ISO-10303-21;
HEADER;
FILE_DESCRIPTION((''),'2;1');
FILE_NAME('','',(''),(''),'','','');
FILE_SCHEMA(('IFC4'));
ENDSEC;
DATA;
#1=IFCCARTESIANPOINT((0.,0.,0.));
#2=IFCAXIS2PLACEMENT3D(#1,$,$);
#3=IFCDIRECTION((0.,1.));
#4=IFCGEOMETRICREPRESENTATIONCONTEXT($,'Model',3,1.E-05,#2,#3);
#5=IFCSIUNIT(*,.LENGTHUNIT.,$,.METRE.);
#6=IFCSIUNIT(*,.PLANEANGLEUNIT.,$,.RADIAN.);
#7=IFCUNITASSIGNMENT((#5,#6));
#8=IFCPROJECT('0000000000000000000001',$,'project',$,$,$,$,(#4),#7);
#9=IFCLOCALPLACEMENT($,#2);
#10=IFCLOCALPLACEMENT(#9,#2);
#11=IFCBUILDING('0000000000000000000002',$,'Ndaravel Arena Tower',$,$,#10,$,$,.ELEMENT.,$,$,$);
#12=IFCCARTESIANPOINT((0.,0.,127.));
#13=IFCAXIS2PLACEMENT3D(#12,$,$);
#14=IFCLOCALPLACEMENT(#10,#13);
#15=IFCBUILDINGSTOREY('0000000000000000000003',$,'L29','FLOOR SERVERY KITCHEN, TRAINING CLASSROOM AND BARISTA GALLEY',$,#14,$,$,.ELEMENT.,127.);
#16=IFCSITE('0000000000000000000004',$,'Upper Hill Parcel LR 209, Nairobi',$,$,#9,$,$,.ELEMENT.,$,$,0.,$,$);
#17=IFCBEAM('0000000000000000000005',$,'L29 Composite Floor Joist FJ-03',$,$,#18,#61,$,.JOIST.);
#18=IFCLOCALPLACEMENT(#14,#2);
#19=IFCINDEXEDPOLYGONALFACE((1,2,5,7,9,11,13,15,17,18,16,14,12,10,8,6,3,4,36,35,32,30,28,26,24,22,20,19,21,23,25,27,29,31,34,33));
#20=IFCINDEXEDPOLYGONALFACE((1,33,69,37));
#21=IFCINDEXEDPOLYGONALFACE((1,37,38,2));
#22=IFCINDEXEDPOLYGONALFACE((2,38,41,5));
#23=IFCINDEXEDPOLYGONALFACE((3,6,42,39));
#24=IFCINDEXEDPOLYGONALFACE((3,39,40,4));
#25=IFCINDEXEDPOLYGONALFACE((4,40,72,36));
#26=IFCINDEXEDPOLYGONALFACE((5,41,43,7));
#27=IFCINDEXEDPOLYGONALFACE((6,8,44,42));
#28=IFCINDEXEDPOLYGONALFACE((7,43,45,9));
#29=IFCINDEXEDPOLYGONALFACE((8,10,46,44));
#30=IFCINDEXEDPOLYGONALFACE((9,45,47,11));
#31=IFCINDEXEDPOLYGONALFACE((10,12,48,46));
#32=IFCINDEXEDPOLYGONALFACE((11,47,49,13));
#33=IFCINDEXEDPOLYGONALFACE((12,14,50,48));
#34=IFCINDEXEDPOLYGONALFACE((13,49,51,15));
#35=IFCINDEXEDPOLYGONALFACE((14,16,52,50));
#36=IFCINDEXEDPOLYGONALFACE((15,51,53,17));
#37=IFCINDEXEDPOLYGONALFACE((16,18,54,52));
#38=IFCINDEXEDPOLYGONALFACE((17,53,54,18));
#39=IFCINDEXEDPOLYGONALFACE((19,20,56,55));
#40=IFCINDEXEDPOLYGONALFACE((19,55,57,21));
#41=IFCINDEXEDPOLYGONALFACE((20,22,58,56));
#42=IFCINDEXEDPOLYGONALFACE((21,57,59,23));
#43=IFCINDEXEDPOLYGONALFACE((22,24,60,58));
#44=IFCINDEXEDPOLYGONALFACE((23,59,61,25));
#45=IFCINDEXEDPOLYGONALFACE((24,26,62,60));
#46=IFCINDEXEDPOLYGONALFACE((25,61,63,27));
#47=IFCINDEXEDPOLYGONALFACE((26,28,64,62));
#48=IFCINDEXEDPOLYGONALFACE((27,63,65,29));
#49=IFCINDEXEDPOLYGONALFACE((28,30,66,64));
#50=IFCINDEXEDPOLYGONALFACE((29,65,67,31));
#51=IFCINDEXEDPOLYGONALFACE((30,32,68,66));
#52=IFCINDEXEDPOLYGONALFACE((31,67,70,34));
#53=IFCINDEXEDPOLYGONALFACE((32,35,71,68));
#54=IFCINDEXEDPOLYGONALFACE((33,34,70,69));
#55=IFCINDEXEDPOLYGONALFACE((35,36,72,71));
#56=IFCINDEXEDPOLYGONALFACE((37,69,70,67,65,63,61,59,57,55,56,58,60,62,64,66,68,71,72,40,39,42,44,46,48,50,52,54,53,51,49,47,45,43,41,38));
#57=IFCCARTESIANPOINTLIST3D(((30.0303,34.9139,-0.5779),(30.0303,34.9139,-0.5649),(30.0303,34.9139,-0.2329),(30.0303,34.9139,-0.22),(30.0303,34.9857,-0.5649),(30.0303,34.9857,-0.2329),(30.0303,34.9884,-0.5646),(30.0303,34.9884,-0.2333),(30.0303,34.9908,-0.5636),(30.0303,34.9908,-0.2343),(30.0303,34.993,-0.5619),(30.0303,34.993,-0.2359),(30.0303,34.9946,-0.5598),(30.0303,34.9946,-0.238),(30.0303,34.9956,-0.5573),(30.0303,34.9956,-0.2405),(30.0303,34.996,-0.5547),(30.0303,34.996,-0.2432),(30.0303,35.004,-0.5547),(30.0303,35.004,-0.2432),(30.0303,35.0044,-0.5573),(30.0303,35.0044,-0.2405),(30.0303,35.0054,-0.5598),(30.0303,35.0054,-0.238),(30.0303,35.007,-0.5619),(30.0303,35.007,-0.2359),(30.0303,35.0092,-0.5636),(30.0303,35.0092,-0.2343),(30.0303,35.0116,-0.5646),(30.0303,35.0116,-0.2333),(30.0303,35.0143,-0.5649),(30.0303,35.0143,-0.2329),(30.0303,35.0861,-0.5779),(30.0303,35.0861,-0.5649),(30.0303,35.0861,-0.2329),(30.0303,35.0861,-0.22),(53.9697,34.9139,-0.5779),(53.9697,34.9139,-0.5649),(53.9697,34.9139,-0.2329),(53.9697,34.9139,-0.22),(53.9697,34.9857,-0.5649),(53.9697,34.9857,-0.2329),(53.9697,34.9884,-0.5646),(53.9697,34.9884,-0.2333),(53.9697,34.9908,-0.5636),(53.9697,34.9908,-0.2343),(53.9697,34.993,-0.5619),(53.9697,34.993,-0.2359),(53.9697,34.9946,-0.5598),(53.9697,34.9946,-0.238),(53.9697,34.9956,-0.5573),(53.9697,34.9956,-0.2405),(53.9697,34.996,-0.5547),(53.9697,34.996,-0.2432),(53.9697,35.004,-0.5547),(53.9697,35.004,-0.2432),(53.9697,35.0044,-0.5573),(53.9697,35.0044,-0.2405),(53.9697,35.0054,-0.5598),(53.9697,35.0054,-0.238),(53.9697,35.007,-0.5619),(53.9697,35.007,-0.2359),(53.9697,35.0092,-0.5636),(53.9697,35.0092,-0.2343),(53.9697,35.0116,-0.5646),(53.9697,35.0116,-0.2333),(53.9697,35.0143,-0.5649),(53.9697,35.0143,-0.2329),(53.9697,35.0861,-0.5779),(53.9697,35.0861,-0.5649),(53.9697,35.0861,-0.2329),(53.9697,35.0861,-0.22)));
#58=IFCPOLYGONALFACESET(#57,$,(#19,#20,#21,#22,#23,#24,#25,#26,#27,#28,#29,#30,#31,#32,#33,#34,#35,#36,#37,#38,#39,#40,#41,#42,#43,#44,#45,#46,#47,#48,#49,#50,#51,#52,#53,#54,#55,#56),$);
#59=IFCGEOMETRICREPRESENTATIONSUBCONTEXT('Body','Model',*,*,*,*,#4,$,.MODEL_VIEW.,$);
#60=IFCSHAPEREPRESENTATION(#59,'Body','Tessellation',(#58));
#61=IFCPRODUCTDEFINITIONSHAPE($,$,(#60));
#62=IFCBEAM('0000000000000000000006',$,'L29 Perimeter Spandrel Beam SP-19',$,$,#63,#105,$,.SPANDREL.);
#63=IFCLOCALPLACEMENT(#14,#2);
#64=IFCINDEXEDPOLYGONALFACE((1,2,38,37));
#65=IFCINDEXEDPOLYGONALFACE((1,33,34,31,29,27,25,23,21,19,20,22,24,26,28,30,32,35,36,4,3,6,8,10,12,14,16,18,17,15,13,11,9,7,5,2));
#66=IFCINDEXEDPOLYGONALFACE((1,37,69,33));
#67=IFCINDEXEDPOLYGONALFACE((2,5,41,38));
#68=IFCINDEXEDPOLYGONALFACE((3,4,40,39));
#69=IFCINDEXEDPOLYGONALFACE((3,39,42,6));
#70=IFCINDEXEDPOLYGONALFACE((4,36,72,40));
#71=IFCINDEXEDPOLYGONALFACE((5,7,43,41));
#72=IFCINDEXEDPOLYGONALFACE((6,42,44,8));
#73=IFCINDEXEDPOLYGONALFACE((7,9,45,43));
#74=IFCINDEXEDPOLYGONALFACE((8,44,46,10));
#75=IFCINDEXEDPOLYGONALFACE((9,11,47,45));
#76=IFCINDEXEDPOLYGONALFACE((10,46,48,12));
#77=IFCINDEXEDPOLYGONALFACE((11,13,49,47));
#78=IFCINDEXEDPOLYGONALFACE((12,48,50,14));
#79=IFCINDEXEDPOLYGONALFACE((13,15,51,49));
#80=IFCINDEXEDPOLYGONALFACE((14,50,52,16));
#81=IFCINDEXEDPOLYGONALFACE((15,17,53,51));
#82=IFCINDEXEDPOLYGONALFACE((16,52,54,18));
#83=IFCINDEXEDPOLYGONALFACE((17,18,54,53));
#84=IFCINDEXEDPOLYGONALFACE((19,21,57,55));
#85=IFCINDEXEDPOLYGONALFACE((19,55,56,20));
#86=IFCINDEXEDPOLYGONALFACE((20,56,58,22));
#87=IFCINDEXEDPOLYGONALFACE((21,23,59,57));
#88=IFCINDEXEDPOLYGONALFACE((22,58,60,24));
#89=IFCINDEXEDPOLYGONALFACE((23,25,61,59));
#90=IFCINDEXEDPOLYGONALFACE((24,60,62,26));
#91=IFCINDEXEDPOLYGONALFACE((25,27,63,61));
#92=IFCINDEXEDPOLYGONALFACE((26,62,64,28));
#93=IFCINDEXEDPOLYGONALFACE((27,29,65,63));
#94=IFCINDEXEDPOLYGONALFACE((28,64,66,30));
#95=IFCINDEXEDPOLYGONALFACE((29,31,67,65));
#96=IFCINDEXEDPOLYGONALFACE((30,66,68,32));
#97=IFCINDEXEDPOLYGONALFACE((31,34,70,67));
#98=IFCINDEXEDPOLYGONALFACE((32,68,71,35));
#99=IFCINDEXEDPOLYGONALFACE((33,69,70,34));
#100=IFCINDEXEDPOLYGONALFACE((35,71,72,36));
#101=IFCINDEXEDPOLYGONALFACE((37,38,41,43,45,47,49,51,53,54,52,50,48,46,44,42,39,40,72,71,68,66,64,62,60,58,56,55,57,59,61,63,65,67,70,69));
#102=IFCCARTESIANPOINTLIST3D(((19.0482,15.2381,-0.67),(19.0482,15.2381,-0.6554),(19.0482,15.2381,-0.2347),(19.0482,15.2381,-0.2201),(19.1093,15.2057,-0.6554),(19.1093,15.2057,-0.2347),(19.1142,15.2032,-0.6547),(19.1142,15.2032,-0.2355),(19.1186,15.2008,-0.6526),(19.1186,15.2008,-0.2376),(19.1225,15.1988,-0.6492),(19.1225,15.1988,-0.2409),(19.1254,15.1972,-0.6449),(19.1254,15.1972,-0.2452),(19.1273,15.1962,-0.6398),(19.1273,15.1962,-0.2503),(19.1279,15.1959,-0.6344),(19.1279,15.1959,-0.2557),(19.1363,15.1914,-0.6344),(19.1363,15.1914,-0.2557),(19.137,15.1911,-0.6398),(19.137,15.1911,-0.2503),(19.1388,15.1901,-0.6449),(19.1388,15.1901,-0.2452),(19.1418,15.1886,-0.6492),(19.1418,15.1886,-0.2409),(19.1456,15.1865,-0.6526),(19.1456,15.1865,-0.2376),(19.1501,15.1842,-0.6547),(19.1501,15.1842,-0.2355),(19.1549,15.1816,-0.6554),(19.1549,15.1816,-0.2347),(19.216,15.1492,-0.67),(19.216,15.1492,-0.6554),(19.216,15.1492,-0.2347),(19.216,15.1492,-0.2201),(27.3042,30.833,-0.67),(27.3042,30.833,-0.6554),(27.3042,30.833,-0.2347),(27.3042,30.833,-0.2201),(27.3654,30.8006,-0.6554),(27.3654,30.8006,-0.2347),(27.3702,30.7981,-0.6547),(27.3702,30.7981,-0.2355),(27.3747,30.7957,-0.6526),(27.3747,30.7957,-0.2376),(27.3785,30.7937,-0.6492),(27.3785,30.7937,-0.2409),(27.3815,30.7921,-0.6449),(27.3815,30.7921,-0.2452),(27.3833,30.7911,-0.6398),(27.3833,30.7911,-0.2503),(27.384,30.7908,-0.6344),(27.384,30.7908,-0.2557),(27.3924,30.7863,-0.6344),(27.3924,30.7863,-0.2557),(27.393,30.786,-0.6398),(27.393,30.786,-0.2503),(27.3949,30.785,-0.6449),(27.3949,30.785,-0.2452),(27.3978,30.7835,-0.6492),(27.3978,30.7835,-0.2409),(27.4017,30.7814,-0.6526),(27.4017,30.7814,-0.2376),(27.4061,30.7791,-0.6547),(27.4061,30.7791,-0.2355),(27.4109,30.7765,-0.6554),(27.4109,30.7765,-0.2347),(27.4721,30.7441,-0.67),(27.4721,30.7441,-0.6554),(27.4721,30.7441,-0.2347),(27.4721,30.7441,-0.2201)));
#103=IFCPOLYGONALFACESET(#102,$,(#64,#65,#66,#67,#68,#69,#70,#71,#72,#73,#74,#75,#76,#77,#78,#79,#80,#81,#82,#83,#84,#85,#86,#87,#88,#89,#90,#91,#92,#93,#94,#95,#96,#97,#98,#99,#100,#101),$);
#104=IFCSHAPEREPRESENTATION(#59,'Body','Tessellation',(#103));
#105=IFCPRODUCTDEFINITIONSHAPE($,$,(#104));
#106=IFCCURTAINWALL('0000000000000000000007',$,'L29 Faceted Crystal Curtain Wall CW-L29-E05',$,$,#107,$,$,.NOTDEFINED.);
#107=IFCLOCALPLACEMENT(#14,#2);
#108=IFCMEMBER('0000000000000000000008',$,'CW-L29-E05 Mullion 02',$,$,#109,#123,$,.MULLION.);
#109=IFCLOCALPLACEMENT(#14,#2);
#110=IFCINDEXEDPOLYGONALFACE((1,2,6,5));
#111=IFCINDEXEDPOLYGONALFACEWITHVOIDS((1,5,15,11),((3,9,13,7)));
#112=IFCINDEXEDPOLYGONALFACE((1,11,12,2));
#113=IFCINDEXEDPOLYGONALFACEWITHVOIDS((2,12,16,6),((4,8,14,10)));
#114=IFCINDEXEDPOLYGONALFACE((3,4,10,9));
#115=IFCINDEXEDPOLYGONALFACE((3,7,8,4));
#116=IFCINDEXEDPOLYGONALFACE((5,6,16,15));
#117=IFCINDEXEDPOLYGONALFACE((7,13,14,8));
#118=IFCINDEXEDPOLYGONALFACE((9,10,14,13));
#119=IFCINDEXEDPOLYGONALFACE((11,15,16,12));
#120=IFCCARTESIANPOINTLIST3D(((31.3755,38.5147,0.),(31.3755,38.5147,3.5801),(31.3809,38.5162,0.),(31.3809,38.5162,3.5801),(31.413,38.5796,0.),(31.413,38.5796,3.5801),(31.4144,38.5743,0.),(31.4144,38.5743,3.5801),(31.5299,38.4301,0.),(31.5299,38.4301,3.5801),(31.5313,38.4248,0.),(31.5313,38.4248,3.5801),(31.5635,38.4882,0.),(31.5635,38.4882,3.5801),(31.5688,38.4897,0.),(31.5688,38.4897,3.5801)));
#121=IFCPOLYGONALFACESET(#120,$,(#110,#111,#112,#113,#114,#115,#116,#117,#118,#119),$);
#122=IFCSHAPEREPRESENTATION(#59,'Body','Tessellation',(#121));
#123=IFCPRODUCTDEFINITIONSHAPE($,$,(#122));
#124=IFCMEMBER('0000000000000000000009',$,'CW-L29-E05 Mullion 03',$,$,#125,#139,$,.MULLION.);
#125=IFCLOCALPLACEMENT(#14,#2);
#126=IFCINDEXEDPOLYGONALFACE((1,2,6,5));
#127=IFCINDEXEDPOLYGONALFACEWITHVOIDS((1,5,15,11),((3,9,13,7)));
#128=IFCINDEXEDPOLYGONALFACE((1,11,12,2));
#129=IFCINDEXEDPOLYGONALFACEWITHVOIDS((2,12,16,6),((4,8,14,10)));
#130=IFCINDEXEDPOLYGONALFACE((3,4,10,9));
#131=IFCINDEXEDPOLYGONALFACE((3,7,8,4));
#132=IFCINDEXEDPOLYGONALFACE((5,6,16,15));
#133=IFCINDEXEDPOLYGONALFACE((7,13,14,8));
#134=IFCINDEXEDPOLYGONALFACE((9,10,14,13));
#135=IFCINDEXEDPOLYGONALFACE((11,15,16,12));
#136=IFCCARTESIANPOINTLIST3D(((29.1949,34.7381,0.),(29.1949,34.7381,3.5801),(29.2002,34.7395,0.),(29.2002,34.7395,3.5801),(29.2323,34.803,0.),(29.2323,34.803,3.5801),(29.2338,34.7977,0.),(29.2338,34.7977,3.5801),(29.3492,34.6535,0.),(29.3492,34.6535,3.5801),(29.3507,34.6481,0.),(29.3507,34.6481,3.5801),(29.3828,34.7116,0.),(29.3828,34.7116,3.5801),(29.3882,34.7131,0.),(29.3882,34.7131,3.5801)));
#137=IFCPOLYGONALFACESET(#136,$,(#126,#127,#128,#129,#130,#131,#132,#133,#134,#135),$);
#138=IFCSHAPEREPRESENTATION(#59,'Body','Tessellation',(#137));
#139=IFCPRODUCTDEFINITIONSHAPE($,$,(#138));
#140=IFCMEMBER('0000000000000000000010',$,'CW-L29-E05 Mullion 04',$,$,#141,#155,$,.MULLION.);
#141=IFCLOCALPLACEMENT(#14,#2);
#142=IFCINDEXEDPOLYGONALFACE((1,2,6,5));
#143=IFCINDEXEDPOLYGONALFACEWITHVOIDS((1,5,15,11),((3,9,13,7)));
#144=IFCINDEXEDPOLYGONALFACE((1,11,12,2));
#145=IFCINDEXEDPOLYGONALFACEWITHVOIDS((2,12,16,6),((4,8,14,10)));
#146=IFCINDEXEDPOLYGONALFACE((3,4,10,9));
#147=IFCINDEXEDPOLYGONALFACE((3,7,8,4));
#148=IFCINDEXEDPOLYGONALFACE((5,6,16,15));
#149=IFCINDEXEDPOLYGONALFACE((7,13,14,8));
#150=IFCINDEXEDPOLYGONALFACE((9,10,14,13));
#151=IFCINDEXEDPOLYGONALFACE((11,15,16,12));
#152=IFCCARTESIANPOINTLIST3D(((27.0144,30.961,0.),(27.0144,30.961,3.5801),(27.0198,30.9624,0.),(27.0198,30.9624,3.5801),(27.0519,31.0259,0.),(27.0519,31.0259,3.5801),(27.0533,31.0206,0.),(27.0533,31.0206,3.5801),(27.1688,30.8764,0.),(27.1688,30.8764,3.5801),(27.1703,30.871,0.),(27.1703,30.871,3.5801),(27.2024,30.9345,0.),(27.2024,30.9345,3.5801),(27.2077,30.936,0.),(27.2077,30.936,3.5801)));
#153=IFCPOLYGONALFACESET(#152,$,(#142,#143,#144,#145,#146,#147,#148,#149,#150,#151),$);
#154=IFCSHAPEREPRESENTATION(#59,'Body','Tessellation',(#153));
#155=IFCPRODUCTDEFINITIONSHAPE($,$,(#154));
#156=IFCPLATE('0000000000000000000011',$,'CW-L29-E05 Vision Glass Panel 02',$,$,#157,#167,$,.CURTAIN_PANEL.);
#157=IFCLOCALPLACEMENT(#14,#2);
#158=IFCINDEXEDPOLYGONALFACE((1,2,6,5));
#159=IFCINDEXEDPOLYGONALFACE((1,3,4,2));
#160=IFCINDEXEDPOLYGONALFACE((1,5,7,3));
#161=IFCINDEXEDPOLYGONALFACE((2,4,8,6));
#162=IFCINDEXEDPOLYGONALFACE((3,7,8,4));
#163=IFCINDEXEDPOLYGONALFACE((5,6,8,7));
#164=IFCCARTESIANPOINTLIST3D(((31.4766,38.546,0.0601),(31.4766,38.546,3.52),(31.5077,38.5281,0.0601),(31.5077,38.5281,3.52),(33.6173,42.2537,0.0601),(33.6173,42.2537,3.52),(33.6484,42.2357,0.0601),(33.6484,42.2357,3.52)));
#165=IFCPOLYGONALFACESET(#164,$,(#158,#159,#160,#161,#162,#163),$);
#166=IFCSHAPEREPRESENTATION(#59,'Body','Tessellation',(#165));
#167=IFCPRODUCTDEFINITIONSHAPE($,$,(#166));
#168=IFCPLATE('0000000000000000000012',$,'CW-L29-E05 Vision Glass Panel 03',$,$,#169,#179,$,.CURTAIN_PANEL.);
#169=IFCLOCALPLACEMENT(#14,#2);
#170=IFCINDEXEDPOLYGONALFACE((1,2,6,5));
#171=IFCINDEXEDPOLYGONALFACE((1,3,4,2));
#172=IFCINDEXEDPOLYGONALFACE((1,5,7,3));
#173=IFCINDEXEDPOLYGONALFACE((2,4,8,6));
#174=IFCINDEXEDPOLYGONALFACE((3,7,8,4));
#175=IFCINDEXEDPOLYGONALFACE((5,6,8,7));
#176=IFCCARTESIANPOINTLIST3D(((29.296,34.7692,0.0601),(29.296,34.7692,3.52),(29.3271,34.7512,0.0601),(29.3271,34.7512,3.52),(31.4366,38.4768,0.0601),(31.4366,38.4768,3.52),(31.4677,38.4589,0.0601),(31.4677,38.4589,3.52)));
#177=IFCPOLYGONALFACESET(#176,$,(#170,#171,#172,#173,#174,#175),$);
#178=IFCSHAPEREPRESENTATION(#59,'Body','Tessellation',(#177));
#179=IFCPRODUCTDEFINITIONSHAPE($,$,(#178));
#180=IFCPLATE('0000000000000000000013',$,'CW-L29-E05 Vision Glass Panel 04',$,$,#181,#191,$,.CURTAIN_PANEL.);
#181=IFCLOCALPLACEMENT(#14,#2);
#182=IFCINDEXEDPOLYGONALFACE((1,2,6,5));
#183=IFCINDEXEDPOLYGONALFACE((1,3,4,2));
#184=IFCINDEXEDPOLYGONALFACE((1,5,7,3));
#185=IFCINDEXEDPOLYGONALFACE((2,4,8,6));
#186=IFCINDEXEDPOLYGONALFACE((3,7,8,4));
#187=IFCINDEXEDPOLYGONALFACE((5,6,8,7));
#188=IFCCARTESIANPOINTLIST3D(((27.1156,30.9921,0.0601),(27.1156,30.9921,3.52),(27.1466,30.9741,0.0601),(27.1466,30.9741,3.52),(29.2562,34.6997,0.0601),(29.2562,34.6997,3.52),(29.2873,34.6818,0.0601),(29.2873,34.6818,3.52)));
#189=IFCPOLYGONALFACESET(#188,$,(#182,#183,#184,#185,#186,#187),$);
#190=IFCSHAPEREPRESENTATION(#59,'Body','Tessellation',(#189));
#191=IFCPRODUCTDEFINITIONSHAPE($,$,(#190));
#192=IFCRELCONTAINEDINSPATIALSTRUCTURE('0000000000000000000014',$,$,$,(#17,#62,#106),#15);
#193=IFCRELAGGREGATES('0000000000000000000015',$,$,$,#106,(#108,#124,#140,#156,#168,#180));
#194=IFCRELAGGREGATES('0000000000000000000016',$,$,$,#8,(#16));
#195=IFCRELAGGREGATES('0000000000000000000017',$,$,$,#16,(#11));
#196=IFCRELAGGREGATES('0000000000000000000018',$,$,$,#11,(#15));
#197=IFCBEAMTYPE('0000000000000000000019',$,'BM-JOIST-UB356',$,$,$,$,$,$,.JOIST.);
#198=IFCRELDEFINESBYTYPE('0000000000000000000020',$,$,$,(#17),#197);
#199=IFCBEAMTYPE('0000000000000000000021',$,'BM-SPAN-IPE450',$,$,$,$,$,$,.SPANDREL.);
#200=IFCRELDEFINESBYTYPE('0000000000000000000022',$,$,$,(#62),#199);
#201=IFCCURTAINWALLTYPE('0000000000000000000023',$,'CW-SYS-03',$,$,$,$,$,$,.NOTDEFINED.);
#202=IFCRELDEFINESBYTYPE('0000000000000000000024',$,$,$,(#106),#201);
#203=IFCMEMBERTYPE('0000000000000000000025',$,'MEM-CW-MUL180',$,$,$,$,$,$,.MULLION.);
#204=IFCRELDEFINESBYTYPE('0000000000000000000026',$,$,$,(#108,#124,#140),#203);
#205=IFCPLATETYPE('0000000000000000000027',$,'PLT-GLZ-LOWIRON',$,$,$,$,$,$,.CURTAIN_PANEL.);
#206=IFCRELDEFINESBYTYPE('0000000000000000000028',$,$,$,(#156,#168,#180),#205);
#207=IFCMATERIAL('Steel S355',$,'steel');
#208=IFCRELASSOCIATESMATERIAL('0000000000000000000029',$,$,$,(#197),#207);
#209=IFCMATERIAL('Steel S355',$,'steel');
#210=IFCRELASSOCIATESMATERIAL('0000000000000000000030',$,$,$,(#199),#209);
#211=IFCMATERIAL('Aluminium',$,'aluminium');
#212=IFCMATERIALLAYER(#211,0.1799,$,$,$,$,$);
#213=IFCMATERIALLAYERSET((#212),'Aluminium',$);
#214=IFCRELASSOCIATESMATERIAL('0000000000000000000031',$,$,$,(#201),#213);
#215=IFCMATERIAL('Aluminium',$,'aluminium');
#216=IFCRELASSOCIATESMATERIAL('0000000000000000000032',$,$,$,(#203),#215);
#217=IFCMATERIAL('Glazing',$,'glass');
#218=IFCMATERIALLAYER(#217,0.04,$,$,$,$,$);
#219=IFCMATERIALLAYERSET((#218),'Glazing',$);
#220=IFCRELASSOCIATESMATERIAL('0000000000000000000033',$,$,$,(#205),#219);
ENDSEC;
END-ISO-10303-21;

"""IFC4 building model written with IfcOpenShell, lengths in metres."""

from ifc_helpers import new_model, si_unit, direction, frame, origin, origin_2d, place, context, subcontext, project, spatial, rectangle, hollow_rectangle, i_section, extrude, material, layer, layer_set, material_profile, profile_set, type_object, element, aggregate, save


model = new_model("IFC4")

# Units and contexts
model_context = context("Model", 3, precision=1e-05, world=origin(), true_north=direction((0.0, 1.0)))
body_context = subcontext(model_context, "Body", "Model", "MODEL_VIEW")
ifc_project = project(units=[si_unit("LENGTHUNIT", "METRE"), si_unit("PLANEANGLEUNIT", "RADIAN")], contexts=[model_context])

# Site, building, storey
site_placement = place(None, origin())
site = spatial("IfcSite", under=ifc_project, at=site_placement, Name="Upper Hill Parcel LR 209, Nairobi", CompositionType="ELEMENT", RefElevation=0.0)
building_placement = place(site_placement, origin())
building = spatial("IfcBuilding", under=site, at=building_placement, Name="Ndaravel Arena Tower", CompositionType="ELEMENT")
storey_placement = place(building_placement, frame((0.0, 0.0, 127.0)))
storey = spatial("IfcBuildingStorey", under=building, at=storey_placement, Name="L29", Description="FLOOR SERVERY KITCHEN, TRAINING CLASSROOM AND BARISTA GALLEY", CompositionType="ELEMENT", Elevation=127.0)

# Beams
ifc_material_1 = material(Name="Steel S355", Category="steel")
ifc_material_profile_1 = material_profile(ifc_material_1, i_section(OverallWidth=0.1721, OverallDepth=0.3579, WebThickness=0.0081, FlangeThickness=0.0129, FilletRadius=0.0103, at=origin_2d()), Name="UB 356x171x57")
ifc_profile_set_1 = profile_set([ifc_material_profile_1], Name="Steel S355")
beam_type_1 = type_object("IfcBeamType", Name="BM-JOIST-UB356", PredefinedType="JOIST", material=ifc_profile_set_1)
beam_1_placement = place(storey_placement, frame((30.0303, 35.0, -0.3989), z_axis=(1.0, 0.0, 0.0), x_axis=(0.0, 1.0, 0.0)))
element("IfcBeam", 1, at=beam_1_placement, inside=storey, type_object=beam_type_1, Name="L29 Composite Floor Joist FJ-03", PredefinedType="JOIST", context=body_context, shape_type="SweptSolid", body=[
    extrude(i_section(OverallWidth=0.1721, OverallDepth=0.3579, WebThickness=0.0081, FlangeThickness=0.0129, FilletRadius=0.0103, at=origin_2d()), origin(), (0.0, 0.0, 1.0), 23.9395),
])
ifc_material_2 = material(Name="Steel S355", Category="steel")
ifc_material_profile_2 = material_profile(ifc_material_2, i_section(OverallWidth=0.1899, OverallDepth=0.45, WebThickness=0.0095, FlangeThickness=0.0146, FilletRadius=0.021, at=origin_2d()), Name="IPE 450")
ifc_profile_set_2 = profile_set([ifc_material_profile_2], Name="Steel S355")
beam_type_2 = type_object("IfcBeamType", Name="BM-SPAN-IPE450", PredefinedType="SPANDREL", material=ifc_profile_set_2)
beam_2_placement = place(storey_placement, frame((27.3882, 30.7886, -0.4451), z_axis=(-0.467885, -0.883789, 0.0), x_axis=(0.883789, -0.467885, 0.0)))
element("IfcBeam", 2, at=beam_2_placement, inside=storey, type_object=beam_type_2, Name="L29 Perimeter Spandrel Beam SP-19", PredefinedType="SPANDREL", context=body_context, shape_type="SweptSolid", body=[
    extrude(i_section(OverallWidth=0.1899, OverallDepth=0.45, WebThickness=0.0095, FlangeThickness=0.0146, FilletRadius=0.021, at=origin_2d()), origin(), (0.0, 0.0, 1.0), 17.6455),
])

# Curtain wall, members, plates
ifc_material_3 = material(Name="Aluminium", Category="aluminium")
ifc_layer_1 = layer(ifc_material_3, 0.1799)
ifc_layer_set_1 = layer_set([ifc_layer_1], Name="Aluminium")
curtain_wall_type = type_object("IfcCurtainWallType", Name="CW-SYS-03", PredefinedType="NOTDEFINED", material=ifc_layer_set_1)
curtain_wall_placement = place(storey_placement, origin())
curtain_wall = element("IfcCurtainWall", 3, at=curtain_wall_placement, inside=storey, type_object=curtain_wall_type, Name="L29 Faceted Crystal Curtain Wall CW-L29-E05", PredefinedType="NOTDEFINED")
ifc_material_4 = material(Name="Aluminium", Category="aluminium")
ifc_material_profile_3 = material_profile(ifc_material_4, hollow_rectangle(XDim=0.075, YDim=0.1799, WallThickness=0.0039, at=origin_2d()), Name="CW MULLION 75x180x4")
ifc_profile_set_3 = profile_set([ifc_material_profile_3], Name="Aluminium")
member_type = type_object("IfcMemberType", Name="MEM-CW-MUL180", PredefinedType="MULLION", material=ifc_profile_set_3)
member_1_placement = place(storey_placement, frame((31.4722, 38.5022, 0.0), z_axis=(0.0, 0.0, 1.0), x_axis=(-0.5, -0.866025, 0.0)))
member_1 = element("IfcMember", 4, at=member_1_placement, type_object=member_type, Name="CW-L29-E05 Mullion 02", PredefinedType="MULLION", context=body_context, shape_type="SweptSolid", body=[
    extrude(hollow_rectangle(XDim=0.075, YDim=0.1799, WallThickness=0.0039, at=origin_2d()), origin(), (0.0, 0.0, 1.0), 3.5801),
])
member_2_placement = place(storey_placement, frame((29.2915, 34.7256, 0.0), z_axis=(0.0, 0.0, 1.0), x_axis=(-0.5, -0.866025, 0.0)))
member_2 = element("IfcMember", 5, at=member_2_placement, type_object=member_type, Name="CW-L29-E05 Mullion 03", PredefinedType="MULLION", context=body_context, shape_type="SweptSolid", body=[
    extrude(hollow_rectangle(XDim=0.075, YDim=0.1799, WallThickness=0.0039, at=origin_2d()), origin(), (0.0, 0.0, 1.0), 3.5801),
])
member_3_placement = place(storey_placement, frame((27.1111, 30.9485, 0.0), z_axis=(0.0, 0.0, 1.0), x_axis=(-0.5, -0.866025, 0.0)))
member_3 = element("IfcMember", 6, at=member_3_placement, type_object=member_type, Name="CW-L29-E05 Mullion 04", PredefinedType="MULLION", context=body_context, shape_type="SweptSolid", body=[
    extrude(hollow_rectangle(XDim=0.075, YDim=0.1799, WallThickness=0.0039, at=origin_2d()), origin(), (0.0, 0.0, 1.0), 3.5801),
])
ifc_material_5 = material(Name="Glazing", Category="glass")
ifc_layer_2 = layer(ifc_material_5, 0.04)
ifc_layer_set_2 = layer_set([ifc_layer_2], Name="Glazing")
plate_type = type_object("IfcPlateType", Name="PLT-GLZ-LOWIRON", PredefinedType="CURTAIN_PANEL", material=ifc_layer_set_2)
plate_1_placement = place(storey_placement, frame((32.5625, 40.3909, 0.0601), z_axis=(0.0, 0.0, 1.0), x_axis=(-0.5, -0.866025, 0.0)))
plate_1 = element("IfcPlate", 7, at=plate_1_placement, type_object=plate_type, Name="CW-L29-E05 Vision Glass Panel 02", PredefinedType="CURTAIN_PANEL", context=body_context, shape_type="SweptSolid", body=[
    extrude(rectangle(XDim=4.2812, YDim=0.0359, at=origin_2d()), origin(), (0.0, 0.0, 1.0), 3.46),
])
plate_2_placement = place(storey_placement, frame((30.3818, 36.614, 0.0601), z_axis=(0.0, 0.0, 1.0), x_axis=(-0.5, -0.866025, 0.0)))
plate_2 = element("IfcPlate", 8, at=plate_2_placement, type_object=plate_type, Name="CW-L29-E05 Vision Glass Panel 03", PredefinedType="CURTAIN_PANEL", context=body_context, shape_type="SweptSolid", body=[
    extrude(rectangle(XDim=4.2812, YDim=0.0359, at=origin_2d()), origin(), (0.0, 0.0, 1.0), 3.46),
])
plate_3_placement = place(storey_placement, frame((28.2014, 32.8369, 0.0601), z_axis=(0.0, 0.0, 1.0), x_axis=(-0.5, -0.866025, 0.0)))
plate_3 = element("IfcPlate", 9, at=plate_3_placement, type_object=plate_type, Name="CW-L29-E05 Vision Glass Panel 04", PredefinedType="CURTAIN_PANEL", context=body_context, shape_type="SweptSolid", body=[
    extrude(rectangle(XDim=4.2812, YDim=0.0359, at=origin_2d()), origin(), (0.0, 0.0, 1.0), 3.46),
])
aggregate(curtain_wall, [member_1, member_2, member_3, plate_1, plate_2, plate_3])

save(model, "model.ifc")
